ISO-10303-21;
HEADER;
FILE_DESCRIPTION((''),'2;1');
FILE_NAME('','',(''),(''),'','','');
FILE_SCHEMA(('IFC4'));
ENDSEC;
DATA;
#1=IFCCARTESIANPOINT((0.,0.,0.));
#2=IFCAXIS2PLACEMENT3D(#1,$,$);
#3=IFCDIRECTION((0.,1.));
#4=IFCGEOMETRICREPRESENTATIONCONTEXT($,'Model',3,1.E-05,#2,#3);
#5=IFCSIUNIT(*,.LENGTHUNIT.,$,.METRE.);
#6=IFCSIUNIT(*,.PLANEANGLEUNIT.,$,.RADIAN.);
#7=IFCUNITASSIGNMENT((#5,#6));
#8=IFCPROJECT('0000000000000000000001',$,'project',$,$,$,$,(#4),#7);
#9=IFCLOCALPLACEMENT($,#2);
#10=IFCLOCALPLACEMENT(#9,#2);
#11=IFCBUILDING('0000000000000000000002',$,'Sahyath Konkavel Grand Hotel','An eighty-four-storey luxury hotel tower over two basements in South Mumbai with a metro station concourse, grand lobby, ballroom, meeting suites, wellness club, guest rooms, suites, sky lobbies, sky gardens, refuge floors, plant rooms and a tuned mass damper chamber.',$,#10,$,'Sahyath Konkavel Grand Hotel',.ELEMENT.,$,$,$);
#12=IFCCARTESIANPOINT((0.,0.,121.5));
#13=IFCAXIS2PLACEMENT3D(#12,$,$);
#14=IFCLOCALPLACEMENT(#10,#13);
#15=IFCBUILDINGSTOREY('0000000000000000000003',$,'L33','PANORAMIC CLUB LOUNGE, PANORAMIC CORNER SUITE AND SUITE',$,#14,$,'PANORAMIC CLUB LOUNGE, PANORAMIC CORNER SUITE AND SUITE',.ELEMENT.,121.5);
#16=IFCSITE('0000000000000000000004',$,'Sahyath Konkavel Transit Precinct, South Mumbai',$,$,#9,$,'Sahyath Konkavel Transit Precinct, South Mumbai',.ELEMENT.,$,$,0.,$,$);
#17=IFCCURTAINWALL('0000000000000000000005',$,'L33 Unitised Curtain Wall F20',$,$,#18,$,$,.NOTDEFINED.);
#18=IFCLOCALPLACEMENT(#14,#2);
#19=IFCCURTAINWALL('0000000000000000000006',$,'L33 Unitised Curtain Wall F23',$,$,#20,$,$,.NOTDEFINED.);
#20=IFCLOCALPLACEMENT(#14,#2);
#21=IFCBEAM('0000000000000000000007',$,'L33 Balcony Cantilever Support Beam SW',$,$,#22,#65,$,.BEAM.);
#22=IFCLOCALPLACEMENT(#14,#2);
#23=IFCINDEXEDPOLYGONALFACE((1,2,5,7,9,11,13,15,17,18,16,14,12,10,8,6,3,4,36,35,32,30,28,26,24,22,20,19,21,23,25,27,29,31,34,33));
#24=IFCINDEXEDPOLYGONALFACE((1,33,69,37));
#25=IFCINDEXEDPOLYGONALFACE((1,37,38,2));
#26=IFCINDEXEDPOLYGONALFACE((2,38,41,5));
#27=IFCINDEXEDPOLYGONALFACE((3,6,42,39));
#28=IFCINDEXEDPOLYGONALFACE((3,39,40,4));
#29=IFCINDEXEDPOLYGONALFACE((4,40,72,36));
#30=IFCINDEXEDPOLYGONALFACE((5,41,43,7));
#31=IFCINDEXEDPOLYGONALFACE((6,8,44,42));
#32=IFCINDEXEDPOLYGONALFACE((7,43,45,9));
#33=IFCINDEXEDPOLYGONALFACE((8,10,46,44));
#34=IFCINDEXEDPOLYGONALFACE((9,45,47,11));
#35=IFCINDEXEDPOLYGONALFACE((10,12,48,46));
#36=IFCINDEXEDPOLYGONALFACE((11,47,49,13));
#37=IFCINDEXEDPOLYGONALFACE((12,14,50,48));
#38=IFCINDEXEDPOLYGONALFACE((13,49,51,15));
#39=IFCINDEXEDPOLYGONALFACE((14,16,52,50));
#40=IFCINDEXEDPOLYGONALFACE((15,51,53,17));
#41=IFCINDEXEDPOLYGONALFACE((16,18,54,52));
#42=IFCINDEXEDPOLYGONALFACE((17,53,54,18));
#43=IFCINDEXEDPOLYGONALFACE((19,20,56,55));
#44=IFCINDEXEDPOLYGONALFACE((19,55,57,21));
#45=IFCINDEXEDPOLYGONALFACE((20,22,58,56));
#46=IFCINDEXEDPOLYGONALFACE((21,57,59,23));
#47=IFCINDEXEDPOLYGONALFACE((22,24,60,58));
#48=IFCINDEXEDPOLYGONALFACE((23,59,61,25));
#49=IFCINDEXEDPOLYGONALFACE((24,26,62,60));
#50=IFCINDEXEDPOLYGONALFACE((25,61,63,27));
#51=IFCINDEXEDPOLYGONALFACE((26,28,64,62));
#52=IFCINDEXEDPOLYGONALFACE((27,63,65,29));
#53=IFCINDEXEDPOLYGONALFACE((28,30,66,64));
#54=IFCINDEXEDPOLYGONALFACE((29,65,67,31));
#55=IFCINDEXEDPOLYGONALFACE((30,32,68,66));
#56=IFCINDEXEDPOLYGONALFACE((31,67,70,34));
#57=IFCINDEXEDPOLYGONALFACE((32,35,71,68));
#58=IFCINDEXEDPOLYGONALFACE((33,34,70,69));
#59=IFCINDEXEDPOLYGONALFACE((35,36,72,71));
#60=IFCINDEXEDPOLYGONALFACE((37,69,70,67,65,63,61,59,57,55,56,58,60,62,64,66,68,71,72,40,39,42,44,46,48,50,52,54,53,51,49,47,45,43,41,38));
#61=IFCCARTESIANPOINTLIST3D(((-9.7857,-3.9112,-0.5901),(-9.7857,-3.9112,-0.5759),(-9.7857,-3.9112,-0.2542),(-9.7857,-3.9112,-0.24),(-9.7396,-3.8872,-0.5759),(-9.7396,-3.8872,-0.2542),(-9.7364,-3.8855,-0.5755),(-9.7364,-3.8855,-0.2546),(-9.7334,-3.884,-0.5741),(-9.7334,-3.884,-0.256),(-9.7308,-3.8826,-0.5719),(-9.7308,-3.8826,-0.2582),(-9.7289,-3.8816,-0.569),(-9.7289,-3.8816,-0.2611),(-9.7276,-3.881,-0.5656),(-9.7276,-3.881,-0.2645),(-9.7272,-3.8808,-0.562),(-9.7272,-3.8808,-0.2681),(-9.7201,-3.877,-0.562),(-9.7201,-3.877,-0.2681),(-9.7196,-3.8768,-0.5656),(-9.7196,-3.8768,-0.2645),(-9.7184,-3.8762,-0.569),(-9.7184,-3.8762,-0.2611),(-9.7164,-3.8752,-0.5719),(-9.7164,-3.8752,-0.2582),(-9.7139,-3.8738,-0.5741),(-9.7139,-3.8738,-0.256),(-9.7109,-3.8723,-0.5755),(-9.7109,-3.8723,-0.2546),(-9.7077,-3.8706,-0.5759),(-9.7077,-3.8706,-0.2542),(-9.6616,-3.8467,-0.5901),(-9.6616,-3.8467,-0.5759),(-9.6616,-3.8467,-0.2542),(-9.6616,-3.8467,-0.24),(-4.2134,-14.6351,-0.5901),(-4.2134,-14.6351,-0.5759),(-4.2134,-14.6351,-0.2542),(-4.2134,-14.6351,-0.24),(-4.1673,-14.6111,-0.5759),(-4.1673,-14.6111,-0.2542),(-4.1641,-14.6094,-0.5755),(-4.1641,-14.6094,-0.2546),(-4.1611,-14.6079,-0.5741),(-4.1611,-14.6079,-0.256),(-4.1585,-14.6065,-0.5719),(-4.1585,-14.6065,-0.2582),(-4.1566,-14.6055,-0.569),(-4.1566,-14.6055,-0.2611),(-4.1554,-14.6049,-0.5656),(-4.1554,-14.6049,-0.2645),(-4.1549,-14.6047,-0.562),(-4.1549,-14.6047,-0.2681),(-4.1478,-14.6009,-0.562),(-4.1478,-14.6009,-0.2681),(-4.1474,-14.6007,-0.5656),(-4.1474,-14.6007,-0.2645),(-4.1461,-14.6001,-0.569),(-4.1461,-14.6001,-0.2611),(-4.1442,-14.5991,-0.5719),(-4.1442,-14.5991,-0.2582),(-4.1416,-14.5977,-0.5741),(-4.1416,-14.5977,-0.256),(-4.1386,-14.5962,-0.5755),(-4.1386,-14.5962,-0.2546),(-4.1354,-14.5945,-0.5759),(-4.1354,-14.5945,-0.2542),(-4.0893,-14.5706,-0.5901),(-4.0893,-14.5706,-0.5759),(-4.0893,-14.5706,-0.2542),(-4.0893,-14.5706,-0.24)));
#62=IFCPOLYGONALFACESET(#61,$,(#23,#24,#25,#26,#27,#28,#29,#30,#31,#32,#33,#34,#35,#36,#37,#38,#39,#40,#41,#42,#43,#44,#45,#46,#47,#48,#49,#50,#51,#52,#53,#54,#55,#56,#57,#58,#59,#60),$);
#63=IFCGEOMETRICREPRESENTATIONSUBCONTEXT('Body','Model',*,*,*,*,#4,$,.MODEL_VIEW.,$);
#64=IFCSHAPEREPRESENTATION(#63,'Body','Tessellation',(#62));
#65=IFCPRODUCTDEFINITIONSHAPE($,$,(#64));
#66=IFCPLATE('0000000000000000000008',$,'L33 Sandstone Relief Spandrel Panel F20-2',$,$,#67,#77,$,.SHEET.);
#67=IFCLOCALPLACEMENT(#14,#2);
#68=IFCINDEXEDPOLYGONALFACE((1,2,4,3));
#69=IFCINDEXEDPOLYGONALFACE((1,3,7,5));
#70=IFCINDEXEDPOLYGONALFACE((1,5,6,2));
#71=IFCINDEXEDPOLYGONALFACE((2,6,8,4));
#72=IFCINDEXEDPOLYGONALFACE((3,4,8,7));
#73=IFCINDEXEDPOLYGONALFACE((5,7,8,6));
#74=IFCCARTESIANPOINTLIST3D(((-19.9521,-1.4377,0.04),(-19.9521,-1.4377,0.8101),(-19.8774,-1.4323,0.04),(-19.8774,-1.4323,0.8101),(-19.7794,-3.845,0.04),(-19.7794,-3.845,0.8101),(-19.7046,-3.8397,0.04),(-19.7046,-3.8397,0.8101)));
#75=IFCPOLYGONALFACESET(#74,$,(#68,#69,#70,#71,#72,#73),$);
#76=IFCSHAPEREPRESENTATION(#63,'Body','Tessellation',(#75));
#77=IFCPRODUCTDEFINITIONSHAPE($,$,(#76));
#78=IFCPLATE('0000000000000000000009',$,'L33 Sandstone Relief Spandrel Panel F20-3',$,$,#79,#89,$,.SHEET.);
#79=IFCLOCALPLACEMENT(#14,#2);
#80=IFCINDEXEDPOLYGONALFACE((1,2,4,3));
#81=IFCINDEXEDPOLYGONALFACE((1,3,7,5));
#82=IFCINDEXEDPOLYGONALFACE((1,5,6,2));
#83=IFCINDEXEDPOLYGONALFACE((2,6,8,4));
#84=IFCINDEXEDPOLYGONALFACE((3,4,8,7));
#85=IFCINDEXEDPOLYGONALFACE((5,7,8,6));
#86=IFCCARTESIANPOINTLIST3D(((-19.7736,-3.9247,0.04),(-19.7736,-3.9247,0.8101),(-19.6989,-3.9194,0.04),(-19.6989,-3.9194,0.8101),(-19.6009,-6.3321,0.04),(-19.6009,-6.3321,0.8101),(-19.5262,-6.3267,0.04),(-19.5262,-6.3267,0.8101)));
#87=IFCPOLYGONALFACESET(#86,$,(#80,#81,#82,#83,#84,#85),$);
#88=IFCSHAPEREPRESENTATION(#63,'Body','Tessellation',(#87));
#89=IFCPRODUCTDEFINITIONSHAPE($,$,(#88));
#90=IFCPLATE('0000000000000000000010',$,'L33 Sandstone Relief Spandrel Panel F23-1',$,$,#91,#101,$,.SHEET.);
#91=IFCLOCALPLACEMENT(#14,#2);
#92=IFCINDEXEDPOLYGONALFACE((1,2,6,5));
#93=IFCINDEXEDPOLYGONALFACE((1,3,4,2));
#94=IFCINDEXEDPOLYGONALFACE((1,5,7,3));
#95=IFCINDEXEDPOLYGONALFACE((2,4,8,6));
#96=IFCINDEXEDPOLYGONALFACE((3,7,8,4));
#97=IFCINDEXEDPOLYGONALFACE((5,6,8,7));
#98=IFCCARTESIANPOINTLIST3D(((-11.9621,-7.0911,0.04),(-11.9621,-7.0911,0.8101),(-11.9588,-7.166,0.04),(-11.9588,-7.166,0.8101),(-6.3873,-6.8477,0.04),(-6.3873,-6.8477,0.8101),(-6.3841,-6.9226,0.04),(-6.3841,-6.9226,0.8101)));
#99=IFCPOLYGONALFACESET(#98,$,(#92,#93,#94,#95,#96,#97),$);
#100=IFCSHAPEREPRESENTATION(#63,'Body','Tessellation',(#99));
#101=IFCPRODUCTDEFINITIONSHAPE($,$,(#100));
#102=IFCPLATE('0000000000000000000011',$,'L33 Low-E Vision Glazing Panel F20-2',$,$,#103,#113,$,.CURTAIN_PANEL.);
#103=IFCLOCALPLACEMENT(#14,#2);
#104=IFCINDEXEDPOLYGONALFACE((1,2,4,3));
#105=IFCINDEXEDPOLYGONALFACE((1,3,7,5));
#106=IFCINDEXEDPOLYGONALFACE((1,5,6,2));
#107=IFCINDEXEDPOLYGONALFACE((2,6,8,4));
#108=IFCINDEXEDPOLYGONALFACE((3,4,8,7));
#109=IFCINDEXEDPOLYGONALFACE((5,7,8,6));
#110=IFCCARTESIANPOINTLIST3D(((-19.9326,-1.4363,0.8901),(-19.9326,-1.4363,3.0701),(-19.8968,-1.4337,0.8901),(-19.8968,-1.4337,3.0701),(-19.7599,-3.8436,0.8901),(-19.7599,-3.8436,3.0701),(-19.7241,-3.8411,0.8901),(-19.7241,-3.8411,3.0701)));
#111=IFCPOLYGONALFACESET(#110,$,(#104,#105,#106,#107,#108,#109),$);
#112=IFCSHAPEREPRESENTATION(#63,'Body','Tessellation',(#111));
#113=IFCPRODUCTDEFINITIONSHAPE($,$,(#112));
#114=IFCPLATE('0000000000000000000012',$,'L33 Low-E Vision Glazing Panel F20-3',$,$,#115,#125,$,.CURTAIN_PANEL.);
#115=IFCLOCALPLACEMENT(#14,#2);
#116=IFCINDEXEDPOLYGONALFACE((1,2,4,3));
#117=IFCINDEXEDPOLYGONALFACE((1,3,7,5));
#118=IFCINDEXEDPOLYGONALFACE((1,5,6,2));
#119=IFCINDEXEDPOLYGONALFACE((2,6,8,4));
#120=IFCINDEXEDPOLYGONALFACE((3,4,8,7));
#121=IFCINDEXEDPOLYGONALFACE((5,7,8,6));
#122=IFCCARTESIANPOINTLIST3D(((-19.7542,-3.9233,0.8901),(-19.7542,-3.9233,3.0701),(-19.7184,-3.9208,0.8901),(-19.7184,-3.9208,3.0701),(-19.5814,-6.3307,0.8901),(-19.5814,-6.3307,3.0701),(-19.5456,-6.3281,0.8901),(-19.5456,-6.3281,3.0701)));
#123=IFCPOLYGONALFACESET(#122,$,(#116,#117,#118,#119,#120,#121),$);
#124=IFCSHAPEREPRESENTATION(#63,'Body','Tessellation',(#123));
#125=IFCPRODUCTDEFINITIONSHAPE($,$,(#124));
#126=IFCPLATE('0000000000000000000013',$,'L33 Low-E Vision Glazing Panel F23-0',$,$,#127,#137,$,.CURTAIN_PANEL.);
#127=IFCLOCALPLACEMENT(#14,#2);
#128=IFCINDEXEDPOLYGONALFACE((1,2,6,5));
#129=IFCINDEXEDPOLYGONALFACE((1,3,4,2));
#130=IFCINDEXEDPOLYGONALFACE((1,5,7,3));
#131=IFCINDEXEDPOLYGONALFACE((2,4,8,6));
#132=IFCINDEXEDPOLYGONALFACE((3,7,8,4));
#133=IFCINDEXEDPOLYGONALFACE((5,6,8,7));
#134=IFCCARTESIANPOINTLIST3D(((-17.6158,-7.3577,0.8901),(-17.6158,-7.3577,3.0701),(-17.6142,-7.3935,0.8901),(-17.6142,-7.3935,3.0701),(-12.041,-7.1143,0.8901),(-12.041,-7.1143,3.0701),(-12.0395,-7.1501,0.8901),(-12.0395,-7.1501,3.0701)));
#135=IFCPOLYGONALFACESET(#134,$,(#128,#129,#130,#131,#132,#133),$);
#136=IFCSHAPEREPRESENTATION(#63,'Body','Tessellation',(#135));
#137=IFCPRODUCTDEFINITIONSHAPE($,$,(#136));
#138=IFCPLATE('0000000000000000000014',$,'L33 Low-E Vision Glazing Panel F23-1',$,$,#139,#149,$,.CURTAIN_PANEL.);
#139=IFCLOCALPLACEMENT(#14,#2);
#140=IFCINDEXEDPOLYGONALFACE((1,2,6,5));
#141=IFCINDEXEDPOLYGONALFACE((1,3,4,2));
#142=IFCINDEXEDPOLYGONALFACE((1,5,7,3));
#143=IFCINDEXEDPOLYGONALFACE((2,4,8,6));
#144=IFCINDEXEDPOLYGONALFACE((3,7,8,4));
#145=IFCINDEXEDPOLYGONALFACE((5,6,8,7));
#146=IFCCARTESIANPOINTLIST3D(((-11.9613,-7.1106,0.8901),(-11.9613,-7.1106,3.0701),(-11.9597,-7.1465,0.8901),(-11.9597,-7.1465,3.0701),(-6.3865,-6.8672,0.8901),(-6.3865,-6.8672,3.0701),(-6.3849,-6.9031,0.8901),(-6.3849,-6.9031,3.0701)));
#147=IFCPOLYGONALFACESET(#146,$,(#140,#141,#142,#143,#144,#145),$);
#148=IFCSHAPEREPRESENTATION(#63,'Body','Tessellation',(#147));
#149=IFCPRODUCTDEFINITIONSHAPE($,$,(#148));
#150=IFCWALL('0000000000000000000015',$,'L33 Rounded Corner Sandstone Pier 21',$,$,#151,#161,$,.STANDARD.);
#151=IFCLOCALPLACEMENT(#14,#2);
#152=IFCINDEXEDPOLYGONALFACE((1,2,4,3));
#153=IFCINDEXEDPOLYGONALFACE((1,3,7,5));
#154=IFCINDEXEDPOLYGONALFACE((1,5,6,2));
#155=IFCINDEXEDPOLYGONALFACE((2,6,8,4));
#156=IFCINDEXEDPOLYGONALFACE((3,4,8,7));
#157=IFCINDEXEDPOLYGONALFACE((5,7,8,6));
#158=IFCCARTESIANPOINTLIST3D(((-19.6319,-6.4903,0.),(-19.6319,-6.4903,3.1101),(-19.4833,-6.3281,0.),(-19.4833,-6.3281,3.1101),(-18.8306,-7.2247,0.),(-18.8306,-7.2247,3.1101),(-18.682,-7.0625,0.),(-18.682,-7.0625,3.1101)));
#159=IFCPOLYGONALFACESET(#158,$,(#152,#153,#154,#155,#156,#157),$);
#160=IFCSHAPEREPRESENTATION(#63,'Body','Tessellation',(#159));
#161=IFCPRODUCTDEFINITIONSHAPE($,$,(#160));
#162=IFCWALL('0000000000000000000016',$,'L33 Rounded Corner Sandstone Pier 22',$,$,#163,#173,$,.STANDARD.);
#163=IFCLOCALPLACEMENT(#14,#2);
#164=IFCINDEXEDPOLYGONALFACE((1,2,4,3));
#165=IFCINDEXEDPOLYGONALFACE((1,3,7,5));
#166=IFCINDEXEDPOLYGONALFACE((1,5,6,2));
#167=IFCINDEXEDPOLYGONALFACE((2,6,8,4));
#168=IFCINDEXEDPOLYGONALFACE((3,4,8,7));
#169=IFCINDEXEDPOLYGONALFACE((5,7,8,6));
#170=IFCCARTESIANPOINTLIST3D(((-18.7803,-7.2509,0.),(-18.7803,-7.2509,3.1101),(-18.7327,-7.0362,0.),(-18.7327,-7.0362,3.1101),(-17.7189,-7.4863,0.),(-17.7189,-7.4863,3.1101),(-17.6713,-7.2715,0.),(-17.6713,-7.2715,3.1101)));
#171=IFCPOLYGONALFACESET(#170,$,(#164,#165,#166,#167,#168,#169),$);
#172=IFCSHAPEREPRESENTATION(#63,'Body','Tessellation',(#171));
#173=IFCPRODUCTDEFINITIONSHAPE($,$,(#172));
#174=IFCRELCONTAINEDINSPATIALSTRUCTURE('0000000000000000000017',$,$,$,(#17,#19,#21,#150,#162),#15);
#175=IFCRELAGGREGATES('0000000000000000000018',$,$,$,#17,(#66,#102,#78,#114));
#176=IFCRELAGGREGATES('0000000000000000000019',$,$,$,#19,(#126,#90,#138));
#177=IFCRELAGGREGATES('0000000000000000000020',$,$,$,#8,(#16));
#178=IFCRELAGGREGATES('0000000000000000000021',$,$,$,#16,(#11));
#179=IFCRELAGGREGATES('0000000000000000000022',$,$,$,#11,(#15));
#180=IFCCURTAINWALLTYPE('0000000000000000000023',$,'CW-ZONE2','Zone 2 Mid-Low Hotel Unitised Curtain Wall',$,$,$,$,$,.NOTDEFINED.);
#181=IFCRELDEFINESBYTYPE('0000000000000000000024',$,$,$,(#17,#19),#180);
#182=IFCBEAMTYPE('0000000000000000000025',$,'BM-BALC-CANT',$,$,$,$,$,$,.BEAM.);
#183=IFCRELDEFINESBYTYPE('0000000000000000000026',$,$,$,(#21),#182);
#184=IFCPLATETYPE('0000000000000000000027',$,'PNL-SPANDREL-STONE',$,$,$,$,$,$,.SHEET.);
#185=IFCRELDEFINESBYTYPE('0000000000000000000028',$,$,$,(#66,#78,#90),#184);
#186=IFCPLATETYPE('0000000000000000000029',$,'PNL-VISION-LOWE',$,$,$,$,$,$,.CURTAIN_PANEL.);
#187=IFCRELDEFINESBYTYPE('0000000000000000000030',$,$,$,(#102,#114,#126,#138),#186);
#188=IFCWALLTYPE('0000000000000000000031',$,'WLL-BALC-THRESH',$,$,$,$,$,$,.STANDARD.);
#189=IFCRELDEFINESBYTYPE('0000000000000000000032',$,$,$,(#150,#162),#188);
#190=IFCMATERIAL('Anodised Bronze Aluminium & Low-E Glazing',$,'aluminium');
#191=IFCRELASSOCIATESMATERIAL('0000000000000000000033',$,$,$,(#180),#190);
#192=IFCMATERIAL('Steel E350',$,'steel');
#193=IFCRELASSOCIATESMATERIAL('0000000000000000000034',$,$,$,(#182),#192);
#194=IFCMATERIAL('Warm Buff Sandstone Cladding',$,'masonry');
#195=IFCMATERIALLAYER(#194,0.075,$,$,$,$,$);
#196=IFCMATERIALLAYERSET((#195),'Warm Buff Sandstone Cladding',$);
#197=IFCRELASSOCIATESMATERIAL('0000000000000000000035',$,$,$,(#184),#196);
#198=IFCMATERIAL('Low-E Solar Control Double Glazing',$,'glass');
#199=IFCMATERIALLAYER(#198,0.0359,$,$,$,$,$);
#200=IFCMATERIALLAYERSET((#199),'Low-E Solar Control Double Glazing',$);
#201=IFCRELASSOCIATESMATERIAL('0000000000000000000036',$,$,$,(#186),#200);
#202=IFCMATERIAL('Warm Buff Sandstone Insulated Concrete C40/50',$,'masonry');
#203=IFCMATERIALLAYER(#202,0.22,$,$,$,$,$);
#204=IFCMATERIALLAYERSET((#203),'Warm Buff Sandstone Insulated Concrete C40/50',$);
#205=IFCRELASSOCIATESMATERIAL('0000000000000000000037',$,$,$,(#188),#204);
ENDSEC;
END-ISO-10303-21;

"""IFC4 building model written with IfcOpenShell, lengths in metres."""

from ifc_helpers import new_model, si_unit, direction, frame, frame_2d, origin, origin_2d, place, context, subcontext, project, spatial, rectangle, i_section, extrude, source, transform, mapped, material, layer, layer_set, material_profile, profile_set, type_object, element, aggregate, save


model = new_model("IFC4")

# Units and contexts
model_context = context("Model", 3, precision=1e-05, world=origin(), true_north=direction((0.0, 1.0)))
body_context = subcontext(model_context, "Body", "Model", "MODEL_VIEW")
ifc_project = project(units=[si_unit("LENGTHUNIT", "METRE"), si_unit("PLANEANGLEUNIT", "RADIAN")], contexts=[model_context])

# Site, building, storey
site_placement = place(None, origin())
site = spatial("IfcSite", under=ifc_project, at=site_placement, Name="Sahyath Konkavel Transit Precinct, South Mumbai", LongName="Sahyath Konkavel Transit Precinct, South Mumbai", CompositionType="ELEMENT", RefElevation=0.0)
building_placement = place(site_placement, origin())
building = spatial("IfcBuilding", under=site, at=building_placement, Name="Sahyath Konkavel Grand Hotel", Description="An eighty-four-storey luxury hotel tower over two basements in South Mumbai with a metro station concourse, grand lobby, ballroom, meeting suites, wellness club, guest rooms, suites, sky lobbies, sky gardens, refuge floors, plant rooms and a tuned mass damper chamber.", LongName="Sahyath Konkavel Grand Hotel", CompositionType="ELEMENT")
storey_placement = place(building_placement, frame((0.0, 0.0, 121.5)))
storey = spatial("IfcBuildingStorey", under=building, at=storey_placement, Name="L33", Description="PANORAMIC CLUB LOUNGE, PANORAMIC CORNER SUITE AND SUITE", LongName="PANORAMIC CLUB LOUNGE, PANORAMIC CORNER SUITE AND SUITE", CompositionType="ELEMENT", Elevation=121.5)

# Shared definitions
ifc_material_1 = material(Name="Steel E350", Category="steel")

# Curtain wall
ifc_material_2 = material(Name="Anodised Bronze Aluminium & Low-E Glazing", Category="aluminium")
curtain_wall_type = type_object("IfcCurtainWallType", Name="CW-ZONE2", Description="Zone 2 Mid-Low Hotel Unitised Curtain Wall", PredefinedType="NOTDEFINED", material=ifc_material_2)
curtain_wall_1_placement = place(storey_placement, origin())
curtain_wall_1 = element("IfcCurtainWall", 1, at=curtain_wall_1_placement, inside=storey, type_object=curtain_wall_type, Name="L33 Unitised Curtain Wall F20", PredefinedType="NOTDEFINED")

# Curtain wall
curtain_wall_2_placement = place(storey_placement, origin())
curtain_wall_2 = element("IfcCurtainWall", 2, at=curtain_wall_2_placement, inside=storey, type_object=curtain_wall_type, Name="L33 Unitised Curtain Wall F23", PredefinedType="NOTDEFINED")

# Beam
ifc_material_profile_1 = material_profile(ifc_material_1, i_section(OverallWidth=0.1399, OverallDepth=0.3501, WebThickness=0.0081, FlangeThickness=0.0142, FilletRadius=0.0139, at=origin_2d()), Name="ISMB 350")
ifc_profile_set_1 = profile_set([ifc_material_profile_1], Name="Steel E350")
beam_type_1 = type_object("IfcBeamType", Name="BM-BALC-CANT", PredefinedType="BEAM", material=ifc_profile_set_1)
shared_shape_1 = source(origin(), body_context, "Body", "SweptSolid", [
    extrude(i_section(OverallWidth=0.1399, OverallDepth=0.3501, WebThickness=0.0081, FlangeThickness=0.0142, FilletRadius=0.0139, at=origin_2d()), origin(), (0.0, 0.0, 1.0), 12.0852),
])
beam_1_placement = place(storey_placement, frame((-9.7236, -3.8789, -0.415), z_axis=(0.461082, -0.887357, 0.0), x_axis=(0.887357, 0.461082, 0.0)))
element("IfcBeam", 3, at=beam_1_placement, inside=storey, type_object=beam_type_1, Name="L33 Balcony Cantilever Support Beam SW", PredefinedType="BEAM", context=body_context, shape_type="MappedRepresentation", body=[
    mapped(shared_shape_1, transform((0.0, 0.0, 0.0), scale=1.0)),
])

# Plates
ifc_material_3 = material(Name="Warm Buff Sandstone Cladding", Category="masonry")
ifc_layer_1 = layer(ifc_material_3, 0.075)
ifc_layer_set_1 = layer_set([ifc_layer_1], Name="Warm Buff Sandstone Cladding")
plate_type_1 = type_object("IfcPlateType", Name="PNL-SPANDREL-STONE", PredefinedType="SHEET", material=ifc_layer_set_1)
shared_shape_2 = source(origin(), body_context, "Body", "SweptSolid", [
    extrude(rectangle(XDim=2.4136, YDim=0.075, at=origin_2d()), origin(), (0.0, 0.0, 1.0), 0.77),
])
plate_1_placement = place(storey_placement, frame((-19.8284, -2.6387, 0.04), z_axis=(0.0, 0.0, 1.0), x_axis=(0.071567, -0.997436, 0.0)))
plate_1 = element("IfcPlate", 4, at=plate_1_placement, type_object=plate_type_1, Name="L33 Sandstone Relief Spandrel Panel F20-2", PredefinedType="SHEET", context=body_context, shape_type="MappedRepresentation", body=[
    mapped(shared_shape_2, transform((0.0, 0.0, 0.0), scale=1.0)),
])
plate_2_placement = place(storey_placement, frame((-19.6499, -5.1257, 0.04), z_axis=(0.0, 0.0, 1.0), x_axis=(0.071567, -0.997436, 0.0)))
plate_2 = element("IfcPlate", 5, at=plate_2_placement, type_object=plate_type_1, Name="L33 Sandstone Relief Spandrel Panel F20-3", PredefinedType="SHEET", context=body_context, shape_type="MappedRepresentation", body=[
    mapped(shared_shape_2, transform((0.0, 0.0, 0.0), scale=1.0)),
])
shared_shape_3 = source(origin(), body_context, "Body", "SweptSolid", [
    extrude(rectangle(XDim=5.5801, YDim=0.075, at=origin_2d()), origin(), (0.0, 0.0, 1.0), 0.77),
])
plate_3_placement = place(storey_placement, frame((-9.1731, -7.0068, 0.04), z_axis=(0.0, 0.0, 1.0), x_axis=(0.999048, 0.043619, 0.0)))
plate_3 = element("IfcPlate", 6, at=plate_3_placement, type_object=plate_type_1, Name="L33 Sandstone Relief Spandrel Panel F23-1", PredefinedType="SHEET", context=body_context, shape_type="MappedRepresentation", body=[
    mapped(shared_shape_3, transform((0.0, 0.0, 0.0), scale=1.0)),
])
ifc_material_4 = material(Name="Low-E Solar Control Double Glazing", Category="glass")
ifc_layer_2 = layer(ifc_material_4, 0.0359)
ifc_layer_set_2 = layer_set([ifc_layer_2], Name="Low-E Solar Control Double Glazing")
plate_type_2 = type_object("IfcPlateType", Name="PNL-VISION-LOWE", PredefinedType="CURTAIN_PANEL", material=ifc_layer_set_2)
shared_shape_4 = source(origin(), body_context, "Body", "SweptSolid", [
    extrude(rectangle(XDim=2.4136, YDim=0.0359, at=origin_2d()), origin(), (0.0, 0.0, 1.0), 2.1799),
])
plate_4_placement = place(storey_placement, frame((-19.8284, -2.6387, 0.8901), z_axis=(0.0, 0.0, 1.0), x_axis=(0.071567, -0.997436, 0.0)))
plate_4 = element("IfcPlate", 7, at=plate_4_placement, type_object=plate_type_2, Name="L33 Low-E Vision Glazing Panel F20-2", PredefinedType="CURTAIN_PANEL", context=body_context, shape_type="MappedRepresentation", body=[
    mapped(shared_shape_4, transform((0.0, 0.0, 0.0), scale=1.0)),
])
plate_5_placement = place(storey_placement, frame((-19.6499, -5.1257, 0.8901), z_axis=(0.0, 0.0, 1.0), x_axis=(0.071567, -0.997436, 0.0)))
plate_5 = element("IfcPlate", 8, at=plate_5_placement, type_object=plate_type_2, Name="L33 Low-E Vision Glazing Panel F20-3", PredefinedType="CURTAIN_PANEL", context=body_context, shape_type="MappedRepresentation", body=[
    mapped(shared_shape_4, transform((0.0, 0.0, 0.0), scale=1.0)),
])
aggregate(curtain_wall_1, [plate_1, plate_4, plate_2, plate_5])
shared_shape_5 = source(origin(), body_context, "Body", "SweptSolid", [
    extrude(rectangle(XDim=5.5801, YDim=0.0359, at=origin_2d()), origin(), (0.0, 0.0, 1.0), 2.1799),
])
plate_6_placement = place(storey_placement, frame((-14.8276, -7.2539, 0.8901), z_axis=(0.0, 0.0, 1.0), x_axis=(0.999048, 0.043619, 0.0)))
plate_6 = element("IfcPlate", 9, at=plate_6_placement, type_object=plate_type_2, Name="L33 Low-E Vision Glazing Panel F23-0", PredefinedType="CURTAIN_PANEL", context=body_context, shape_type="MappedRepresentation", body=[
    mapped(shared_shape_5, transform((0.0, 0.0, 0.0), scale=1.0)),
])
plate_7_placement = place(storey_placement, frame((-9.1731, -7.0068, 0.8901), z_axis=(0.0, 0.0, 1.0), x_axis=(0.999048, 0.043619, 0.0)))
plate_7 = element("IfcPlate", 10, at=plate_7_placement, type_object=plate_type_2, Name="L33 Low-E Vision Glazing Panel F23-1", PredefinedType="CURTAIN_PANEL", context=body_context, shape_type="MappedRepresentation", body=[
    mapped(shared_shape_5, transform((0.0, 0.0, 0.0), scale=1.0)),
])
aggregate(curtain_wall_2, [plate_6, plate_3, plate_7])

# Walls
ifc_material_5 = material(Name="Warm Buff Sandstone Insulated Concrete C40/50", Category="masonry")
ifc_layer_3 = layer(ifc_material_5, 0.22)
ifc_layer_set_3 = layer_set([ifc_layer_3], Name="Warm Buff Sandstone Insulated Concrete C40/50")
wall_type_1 = type_object("IfcWallType", Name="WLL-BALC-THRESH", PredefinedType="STANDARD", material=ifc_layer_set_3)
wall_1_placement = place(storey_placement, frame((-19.5576, -6.4092, 0.0), z_axis=(0.0, 0.0, 1.0), x_axis=(0.73721, -0.675664, 0.0)))
element("IfcWall", 11, at=wall_1_placement, inside=storey, type_object=wall_type_1, Name="L33 Rounded Corner Sandstone Pier 21", PredefinedType="STANDARD", context=body_context, shape_type="SweptSolid", body=[
    extrude(rectangle(XDim=1.0869, YDim=0.22, at=frame_2d((0.5435, 0.0))), origin(), (0.0, 0.0, 1.0), 3.1101),
])
wall_2_placement = place(storey_placement, frame((-18.7563, -7.1436, 0.0), z_axis=(0.0, 0.0, 1.0), x_axis=(0.976282, -0.216502, 0.0)))
element("IfcWall", 12, at=wall_2_placement, inside=storey, type_object=wall_type_1, Name="L33 Rounded Corner Sandstone Pier 22", PredefinedType="STANDARD", context=body_context, shape_type="SweptSolid", body=[
    extrude(rectangle(XDim=1.0872, YDim=0.22, at=frame_2d((0.5435, 0.0))), origin(), (0.0, 0.0, 1.0), 3.1101),
])

save(model, "model.ifc")
